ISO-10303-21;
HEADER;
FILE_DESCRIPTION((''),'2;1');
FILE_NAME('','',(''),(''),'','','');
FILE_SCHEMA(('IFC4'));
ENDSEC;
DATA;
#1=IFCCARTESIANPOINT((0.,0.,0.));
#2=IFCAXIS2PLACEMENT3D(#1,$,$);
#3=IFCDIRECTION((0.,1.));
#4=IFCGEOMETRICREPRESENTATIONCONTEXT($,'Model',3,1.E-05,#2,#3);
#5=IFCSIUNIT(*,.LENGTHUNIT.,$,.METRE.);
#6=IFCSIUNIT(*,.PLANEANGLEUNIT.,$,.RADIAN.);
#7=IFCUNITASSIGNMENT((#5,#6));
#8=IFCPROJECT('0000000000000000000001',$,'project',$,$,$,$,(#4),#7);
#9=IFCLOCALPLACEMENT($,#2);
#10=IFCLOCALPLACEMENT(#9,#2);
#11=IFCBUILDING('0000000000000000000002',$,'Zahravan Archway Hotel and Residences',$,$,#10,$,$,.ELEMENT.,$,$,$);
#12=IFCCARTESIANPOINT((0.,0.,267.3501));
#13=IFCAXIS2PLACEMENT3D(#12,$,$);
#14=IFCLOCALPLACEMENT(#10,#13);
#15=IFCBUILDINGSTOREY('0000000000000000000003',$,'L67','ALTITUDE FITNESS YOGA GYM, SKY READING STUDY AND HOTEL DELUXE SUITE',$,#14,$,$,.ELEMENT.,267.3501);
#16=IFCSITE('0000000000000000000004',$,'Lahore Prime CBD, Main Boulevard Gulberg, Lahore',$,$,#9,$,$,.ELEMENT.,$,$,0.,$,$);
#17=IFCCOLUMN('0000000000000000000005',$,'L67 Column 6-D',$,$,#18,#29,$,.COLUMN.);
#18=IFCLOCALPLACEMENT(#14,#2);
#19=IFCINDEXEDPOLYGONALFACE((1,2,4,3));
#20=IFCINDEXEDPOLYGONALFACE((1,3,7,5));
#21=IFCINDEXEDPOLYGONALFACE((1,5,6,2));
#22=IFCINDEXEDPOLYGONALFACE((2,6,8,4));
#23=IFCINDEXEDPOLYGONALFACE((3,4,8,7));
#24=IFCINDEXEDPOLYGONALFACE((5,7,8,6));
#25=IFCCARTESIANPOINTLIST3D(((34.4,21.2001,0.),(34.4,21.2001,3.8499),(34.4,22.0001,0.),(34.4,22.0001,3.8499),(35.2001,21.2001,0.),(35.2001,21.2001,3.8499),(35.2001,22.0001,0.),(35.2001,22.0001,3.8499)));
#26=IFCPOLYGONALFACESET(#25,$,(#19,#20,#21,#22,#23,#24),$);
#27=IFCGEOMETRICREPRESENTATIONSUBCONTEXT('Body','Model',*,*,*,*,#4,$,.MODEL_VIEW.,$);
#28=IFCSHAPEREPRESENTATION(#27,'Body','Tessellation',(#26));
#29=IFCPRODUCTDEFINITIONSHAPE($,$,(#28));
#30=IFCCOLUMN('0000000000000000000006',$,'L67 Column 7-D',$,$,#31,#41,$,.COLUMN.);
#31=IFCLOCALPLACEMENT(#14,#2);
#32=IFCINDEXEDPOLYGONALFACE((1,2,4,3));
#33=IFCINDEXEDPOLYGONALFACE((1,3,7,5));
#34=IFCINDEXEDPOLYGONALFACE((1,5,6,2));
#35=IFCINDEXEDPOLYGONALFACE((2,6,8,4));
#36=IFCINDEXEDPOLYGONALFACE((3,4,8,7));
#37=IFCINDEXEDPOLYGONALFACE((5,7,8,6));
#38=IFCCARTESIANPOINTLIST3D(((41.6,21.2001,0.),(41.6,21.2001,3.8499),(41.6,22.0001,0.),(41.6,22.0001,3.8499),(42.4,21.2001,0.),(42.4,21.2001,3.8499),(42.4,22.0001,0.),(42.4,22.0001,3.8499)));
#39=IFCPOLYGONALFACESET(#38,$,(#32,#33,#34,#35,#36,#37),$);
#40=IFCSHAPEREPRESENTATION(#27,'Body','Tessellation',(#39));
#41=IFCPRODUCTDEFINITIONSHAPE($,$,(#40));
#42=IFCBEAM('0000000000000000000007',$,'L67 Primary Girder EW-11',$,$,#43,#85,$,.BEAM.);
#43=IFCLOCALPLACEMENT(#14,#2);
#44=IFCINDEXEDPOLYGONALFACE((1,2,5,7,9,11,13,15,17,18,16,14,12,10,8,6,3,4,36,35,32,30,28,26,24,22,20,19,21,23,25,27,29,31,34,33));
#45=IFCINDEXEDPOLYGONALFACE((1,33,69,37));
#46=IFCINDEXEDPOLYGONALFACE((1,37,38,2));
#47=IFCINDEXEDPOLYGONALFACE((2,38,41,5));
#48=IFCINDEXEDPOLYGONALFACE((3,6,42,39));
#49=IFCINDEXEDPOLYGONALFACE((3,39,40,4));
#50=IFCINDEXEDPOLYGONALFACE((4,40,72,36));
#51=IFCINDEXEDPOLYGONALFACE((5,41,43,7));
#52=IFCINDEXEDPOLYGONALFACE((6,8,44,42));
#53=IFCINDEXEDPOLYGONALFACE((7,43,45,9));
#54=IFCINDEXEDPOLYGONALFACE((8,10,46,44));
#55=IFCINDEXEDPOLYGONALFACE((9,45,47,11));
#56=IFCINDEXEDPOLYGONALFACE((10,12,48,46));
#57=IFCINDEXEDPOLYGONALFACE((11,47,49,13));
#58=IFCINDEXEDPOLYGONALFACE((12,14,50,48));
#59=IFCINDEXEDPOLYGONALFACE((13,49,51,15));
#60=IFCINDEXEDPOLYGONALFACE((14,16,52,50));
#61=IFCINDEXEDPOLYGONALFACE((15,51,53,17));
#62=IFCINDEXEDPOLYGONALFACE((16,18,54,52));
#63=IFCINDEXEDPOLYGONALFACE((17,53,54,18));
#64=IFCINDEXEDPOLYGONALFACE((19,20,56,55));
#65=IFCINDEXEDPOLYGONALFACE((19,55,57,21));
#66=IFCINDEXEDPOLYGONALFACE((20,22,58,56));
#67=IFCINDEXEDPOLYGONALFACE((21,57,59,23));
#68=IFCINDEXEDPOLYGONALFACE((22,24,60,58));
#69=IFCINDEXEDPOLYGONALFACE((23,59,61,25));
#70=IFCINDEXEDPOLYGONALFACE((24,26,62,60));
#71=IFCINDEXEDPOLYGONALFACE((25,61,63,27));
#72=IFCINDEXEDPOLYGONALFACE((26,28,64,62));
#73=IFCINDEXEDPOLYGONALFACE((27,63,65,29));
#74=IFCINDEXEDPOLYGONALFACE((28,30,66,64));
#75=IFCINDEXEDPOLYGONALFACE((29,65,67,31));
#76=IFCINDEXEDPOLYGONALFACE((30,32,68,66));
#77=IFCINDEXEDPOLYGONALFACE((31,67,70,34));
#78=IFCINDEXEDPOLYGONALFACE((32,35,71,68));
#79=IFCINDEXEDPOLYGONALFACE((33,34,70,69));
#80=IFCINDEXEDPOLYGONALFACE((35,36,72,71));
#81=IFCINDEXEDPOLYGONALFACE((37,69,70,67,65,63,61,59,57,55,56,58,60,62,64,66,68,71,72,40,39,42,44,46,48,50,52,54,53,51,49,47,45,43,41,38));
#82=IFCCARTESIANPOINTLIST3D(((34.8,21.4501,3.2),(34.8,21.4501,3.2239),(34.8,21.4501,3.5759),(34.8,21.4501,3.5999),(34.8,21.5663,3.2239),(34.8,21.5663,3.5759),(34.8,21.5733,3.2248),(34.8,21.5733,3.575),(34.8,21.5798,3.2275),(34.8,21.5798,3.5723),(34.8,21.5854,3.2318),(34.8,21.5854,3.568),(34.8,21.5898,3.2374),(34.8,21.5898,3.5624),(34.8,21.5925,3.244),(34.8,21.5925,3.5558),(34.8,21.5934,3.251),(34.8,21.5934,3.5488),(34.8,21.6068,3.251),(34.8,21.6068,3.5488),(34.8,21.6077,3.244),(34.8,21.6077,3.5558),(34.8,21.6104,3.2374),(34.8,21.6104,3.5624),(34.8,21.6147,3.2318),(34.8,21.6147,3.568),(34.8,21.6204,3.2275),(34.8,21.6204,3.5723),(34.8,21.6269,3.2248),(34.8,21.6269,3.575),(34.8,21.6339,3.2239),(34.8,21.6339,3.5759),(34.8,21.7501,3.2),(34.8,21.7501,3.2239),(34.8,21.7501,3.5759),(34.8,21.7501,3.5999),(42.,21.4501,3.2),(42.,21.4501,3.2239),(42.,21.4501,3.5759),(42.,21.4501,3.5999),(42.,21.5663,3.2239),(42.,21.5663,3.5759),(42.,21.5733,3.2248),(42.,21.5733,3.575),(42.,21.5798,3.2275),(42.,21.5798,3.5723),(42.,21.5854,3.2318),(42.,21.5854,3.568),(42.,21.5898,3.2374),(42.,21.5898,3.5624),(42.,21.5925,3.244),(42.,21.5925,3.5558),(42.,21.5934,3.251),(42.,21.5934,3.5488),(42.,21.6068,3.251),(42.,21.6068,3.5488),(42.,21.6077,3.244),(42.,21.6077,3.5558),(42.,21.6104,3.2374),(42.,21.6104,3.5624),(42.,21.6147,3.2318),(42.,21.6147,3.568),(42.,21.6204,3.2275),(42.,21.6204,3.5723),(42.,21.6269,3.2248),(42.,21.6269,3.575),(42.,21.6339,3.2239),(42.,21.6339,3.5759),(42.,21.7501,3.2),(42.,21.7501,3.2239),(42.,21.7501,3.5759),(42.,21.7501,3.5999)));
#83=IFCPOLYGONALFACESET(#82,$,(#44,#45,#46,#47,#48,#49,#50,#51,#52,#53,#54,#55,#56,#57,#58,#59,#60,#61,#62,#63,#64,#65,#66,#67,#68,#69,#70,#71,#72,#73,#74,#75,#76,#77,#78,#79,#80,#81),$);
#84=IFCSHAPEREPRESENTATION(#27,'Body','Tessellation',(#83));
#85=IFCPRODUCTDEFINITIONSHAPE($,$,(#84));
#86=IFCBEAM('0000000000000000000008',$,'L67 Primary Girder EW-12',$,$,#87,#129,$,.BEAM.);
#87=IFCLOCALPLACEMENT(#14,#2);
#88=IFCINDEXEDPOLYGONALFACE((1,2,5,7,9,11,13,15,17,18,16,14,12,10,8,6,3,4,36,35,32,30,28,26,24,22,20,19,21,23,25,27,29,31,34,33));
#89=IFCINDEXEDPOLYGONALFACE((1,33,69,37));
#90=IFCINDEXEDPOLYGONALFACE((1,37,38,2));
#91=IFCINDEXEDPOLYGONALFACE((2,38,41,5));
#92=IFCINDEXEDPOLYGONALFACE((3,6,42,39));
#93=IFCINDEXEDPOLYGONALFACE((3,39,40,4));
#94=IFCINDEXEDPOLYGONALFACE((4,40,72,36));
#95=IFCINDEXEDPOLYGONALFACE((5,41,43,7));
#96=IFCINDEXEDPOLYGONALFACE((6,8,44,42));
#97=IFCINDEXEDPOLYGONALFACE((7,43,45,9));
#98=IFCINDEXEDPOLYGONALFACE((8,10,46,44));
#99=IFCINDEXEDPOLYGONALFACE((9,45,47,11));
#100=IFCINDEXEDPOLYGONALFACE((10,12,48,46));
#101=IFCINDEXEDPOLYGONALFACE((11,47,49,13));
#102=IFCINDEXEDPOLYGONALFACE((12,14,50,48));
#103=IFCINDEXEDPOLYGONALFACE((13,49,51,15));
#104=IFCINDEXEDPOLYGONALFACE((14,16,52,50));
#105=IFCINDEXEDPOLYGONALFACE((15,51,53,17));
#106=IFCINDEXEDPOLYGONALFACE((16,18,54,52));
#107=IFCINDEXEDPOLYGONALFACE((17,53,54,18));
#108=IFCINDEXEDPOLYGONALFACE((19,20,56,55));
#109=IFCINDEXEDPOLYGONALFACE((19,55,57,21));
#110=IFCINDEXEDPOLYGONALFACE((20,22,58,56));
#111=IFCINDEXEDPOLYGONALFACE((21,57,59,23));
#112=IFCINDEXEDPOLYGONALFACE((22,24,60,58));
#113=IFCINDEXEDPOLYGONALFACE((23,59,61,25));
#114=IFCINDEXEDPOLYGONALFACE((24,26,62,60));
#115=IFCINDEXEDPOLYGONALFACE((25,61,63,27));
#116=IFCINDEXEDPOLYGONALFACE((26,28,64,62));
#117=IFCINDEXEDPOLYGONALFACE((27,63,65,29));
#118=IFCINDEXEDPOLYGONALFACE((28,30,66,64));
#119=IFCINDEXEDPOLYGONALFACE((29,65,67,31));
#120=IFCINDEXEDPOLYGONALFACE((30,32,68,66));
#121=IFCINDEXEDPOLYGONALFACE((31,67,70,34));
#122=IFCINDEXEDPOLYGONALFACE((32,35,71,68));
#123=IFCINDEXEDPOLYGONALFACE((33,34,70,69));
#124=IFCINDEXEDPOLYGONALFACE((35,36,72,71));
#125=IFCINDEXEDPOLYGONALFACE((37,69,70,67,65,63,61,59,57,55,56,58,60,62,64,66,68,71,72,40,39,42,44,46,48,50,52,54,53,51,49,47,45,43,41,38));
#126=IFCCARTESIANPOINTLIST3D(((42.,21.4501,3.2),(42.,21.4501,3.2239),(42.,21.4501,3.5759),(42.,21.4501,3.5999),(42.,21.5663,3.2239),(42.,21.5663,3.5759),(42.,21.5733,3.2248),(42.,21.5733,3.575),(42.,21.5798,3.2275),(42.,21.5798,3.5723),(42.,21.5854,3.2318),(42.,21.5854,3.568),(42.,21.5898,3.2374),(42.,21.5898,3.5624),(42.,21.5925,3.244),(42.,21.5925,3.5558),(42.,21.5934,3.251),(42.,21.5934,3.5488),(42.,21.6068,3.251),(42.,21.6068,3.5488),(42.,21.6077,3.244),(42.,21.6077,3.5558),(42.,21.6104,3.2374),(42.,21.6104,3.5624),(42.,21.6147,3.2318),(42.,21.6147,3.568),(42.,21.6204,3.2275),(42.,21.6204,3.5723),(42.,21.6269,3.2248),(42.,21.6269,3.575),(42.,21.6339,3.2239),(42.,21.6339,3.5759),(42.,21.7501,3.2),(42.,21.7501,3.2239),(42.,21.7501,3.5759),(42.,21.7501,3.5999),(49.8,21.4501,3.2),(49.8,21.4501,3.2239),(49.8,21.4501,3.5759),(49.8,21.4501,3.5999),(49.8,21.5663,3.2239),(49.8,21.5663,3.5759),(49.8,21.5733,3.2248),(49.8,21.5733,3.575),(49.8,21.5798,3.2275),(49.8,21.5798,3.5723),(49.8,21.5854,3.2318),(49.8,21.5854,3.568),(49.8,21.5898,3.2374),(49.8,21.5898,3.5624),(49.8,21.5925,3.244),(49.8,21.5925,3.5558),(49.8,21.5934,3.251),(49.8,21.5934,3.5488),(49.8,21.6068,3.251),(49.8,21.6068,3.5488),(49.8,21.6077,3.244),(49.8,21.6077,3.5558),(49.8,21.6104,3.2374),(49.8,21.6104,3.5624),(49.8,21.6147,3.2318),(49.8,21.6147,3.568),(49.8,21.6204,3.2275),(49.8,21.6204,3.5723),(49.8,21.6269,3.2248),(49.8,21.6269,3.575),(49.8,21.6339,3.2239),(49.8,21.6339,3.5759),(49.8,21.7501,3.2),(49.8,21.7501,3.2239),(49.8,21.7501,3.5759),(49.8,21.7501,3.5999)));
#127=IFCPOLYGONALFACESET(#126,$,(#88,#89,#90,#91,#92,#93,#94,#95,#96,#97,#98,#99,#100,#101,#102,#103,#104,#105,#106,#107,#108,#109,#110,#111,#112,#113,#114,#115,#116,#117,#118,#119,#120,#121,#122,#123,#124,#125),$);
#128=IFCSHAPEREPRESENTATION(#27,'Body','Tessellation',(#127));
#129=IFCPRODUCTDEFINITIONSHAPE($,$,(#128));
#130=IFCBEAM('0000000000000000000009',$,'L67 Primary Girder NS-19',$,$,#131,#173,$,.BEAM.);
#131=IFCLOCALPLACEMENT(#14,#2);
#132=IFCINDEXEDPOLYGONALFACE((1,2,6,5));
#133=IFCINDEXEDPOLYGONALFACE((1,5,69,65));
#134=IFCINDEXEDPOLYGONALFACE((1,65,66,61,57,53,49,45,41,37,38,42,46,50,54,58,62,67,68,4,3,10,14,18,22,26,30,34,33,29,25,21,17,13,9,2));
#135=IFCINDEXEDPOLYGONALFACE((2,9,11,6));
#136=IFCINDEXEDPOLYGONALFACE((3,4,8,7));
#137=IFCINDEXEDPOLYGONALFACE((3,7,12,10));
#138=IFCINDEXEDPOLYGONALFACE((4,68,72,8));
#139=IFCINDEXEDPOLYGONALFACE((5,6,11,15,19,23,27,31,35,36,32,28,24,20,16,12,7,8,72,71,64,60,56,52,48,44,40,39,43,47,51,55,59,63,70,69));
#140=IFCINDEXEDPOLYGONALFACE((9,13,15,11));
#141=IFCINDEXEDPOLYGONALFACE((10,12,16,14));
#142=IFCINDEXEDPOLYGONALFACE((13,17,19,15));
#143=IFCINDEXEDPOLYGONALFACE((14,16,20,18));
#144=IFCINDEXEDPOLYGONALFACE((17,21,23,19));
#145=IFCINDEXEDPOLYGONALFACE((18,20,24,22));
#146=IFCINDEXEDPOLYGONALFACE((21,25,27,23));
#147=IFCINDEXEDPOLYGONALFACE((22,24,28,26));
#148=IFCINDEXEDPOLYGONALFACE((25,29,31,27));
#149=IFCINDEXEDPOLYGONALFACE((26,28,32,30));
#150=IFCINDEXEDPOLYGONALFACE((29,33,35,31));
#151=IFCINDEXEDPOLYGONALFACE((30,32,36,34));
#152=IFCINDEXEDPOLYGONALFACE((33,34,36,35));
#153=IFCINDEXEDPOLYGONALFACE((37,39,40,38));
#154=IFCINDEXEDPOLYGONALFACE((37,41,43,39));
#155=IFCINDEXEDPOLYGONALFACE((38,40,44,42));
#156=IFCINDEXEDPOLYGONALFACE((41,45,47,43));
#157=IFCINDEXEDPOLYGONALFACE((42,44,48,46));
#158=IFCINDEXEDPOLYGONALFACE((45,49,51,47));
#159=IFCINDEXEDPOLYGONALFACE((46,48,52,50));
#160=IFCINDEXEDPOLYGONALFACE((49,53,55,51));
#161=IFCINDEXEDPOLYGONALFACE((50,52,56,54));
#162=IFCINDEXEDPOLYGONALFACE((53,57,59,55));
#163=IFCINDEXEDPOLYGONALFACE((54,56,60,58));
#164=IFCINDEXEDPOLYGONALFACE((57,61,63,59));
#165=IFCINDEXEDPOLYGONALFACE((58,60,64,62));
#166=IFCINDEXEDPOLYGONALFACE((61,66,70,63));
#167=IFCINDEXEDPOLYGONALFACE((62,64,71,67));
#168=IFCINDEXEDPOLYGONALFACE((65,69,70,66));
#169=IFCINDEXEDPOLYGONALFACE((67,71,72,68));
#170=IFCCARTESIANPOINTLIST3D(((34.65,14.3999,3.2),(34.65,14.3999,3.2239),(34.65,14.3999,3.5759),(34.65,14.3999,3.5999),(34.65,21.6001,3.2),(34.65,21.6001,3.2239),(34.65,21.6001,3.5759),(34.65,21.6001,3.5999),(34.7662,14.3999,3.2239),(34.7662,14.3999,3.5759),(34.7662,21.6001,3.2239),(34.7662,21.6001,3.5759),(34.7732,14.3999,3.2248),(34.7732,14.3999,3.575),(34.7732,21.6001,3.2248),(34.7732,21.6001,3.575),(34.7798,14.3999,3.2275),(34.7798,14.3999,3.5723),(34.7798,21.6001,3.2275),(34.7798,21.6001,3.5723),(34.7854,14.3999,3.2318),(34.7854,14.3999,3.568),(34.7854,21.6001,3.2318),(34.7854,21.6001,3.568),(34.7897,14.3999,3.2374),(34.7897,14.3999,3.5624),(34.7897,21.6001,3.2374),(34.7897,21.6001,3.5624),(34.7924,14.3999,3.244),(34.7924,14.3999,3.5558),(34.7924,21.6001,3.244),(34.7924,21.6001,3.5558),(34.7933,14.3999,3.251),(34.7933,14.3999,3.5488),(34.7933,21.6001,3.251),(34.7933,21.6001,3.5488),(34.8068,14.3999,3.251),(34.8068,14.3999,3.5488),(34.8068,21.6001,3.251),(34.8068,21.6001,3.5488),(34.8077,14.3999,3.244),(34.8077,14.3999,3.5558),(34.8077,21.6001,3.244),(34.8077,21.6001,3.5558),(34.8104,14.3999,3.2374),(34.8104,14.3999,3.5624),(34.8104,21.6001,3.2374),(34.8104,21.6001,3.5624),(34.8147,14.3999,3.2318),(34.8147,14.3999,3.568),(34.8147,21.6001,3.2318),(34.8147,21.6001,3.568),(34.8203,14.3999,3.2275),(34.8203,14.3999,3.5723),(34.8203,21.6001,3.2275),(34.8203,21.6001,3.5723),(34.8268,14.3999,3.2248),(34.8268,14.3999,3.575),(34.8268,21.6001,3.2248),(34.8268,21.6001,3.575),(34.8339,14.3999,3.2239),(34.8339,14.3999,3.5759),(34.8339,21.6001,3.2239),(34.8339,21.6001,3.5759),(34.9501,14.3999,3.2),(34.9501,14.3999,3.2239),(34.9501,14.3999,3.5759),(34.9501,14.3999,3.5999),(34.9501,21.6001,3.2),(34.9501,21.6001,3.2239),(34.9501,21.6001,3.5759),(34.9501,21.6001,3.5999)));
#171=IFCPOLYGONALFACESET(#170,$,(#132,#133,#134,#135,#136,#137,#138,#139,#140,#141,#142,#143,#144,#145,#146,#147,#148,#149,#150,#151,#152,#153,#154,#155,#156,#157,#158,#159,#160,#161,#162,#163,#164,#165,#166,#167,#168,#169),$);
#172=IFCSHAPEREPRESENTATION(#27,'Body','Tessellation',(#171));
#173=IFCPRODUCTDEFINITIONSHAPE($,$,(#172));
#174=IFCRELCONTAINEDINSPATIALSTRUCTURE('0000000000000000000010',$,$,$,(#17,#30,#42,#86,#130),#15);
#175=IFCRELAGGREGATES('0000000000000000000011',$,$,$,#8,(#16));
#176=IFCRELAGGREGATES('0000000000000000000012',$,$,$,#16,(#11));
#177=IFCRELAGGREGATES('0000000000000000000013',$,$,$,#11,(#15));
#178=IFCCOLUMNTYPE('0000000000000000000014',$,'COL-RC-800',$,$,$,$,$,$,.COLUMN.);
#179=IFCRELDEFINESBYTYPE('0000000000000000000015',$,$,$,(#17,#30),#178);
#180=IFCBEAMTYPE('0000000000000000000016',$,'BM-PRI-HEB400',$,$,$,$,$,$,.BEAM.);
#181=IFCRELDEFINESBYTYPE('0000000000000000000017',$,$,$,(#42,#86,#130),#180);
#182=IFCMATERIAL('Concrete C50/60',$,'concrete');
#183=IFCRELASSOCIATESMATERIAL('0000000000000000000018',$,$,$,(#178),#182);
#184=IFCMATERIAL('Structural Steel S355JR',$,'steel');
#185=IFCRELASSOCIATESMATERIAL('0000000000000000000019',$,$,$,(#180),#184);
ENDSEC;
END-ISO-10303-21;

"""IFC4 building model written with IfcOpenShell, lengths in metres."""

from ifc_helpers import new_model, si_unit, direction, frame, origin, origin_2d, place, context, subcontext, project, spatial, rectangle, i_section, extrude, source, transform, mapped, material, material_profile, profile_set, type_object, type_shapes, element, save


model = new_model("IFC4")

# Units and contexts
model_context = context("Model", 3, precision=1e-05, world=origin(), true_north=direction((0.0, 1.0)))
body_context = subcontext(model_context, "Body", "Model", "MODEL_VIEW")
ifc_project = project(units=[si_unit("LENGTHUNIT", "METRE"), si_unit("PLANEANGLEUNIT", "RADIAN")], contexts=[model_context])

# Site, building, storey
site_placement = place(None, origin())
site = spatial("IfcSite", under=ifc_project, at=site_placement, Name="Lahore Prime CBD, Main Boulevard Gulberg, Lahore", CompositionType="ELEMENT", RefElevation=0.0)
building_placement = place(site_placement, origin())
building = spatial("IfcBuilding", under=site, at=building_placement, Name="Zahravan Archway Hotel and Residences", CompositionType="ELEMENT")
storey_placement = place(building_placement, frame((0.0, 0.0, 267.3501)))
storey = spatial("IfcBuildingStorey", under=building, at=storey_placement, Name="L67", Description="ALTITUDE FITNESS YOGA GYM, SKY READING STUDY AND HOTEL DELUXE SUITE", CompositionType="ELEMENT", Elevation=267.3501)

# Columns
ifc_material_1 = material(Name="Concrete C50/60", Category="concrete")
ifc_material_profile_1 = material_profile(ifc_material_1, rectangle(XDim=0.8, YDim=0.8, at=origin_2d()), Name="RC-COL-800x800", Category="concrete")
ifc_profile_set_1 = profile_set([ifc_material_profile_1], Name="Concrete C50/60")
column_type = type_object("IfcColumnType", Name="COL-RC-800", PredefinedType="COLUMN", material=ifc_profile_set_1)
shared_shape_1 = source(origin(), body_context, "Body", "SweptSolid", [
    extrude(rectangle(XDim=0.8, YDim=0.8, at=origin_2d()), origin(), (0.0, 0.0, 1.0), 3.8499),
])
for number, where, z_axis, x_axis, name in (
    (1, (34.8, 21.6001, 0.0), (0.0, 0.0, 1.0), (1.0, 0.0, 0.0), "L67 Column 6-D"),
    (2, (42.0, 21.6001, 0.0), (0.0, 0.0, 1.0), (1.0, 0.0, 0.0), "L67 Column 7-D"),
):
    element("IfcColumn", number, at=place(storey_placement, frame(where, z_axis=z_axis, x_axis=x_axis)), inside=storey, type_object=column_type, Name=name, PredefinedType="COLUMN", context=body_context, shape_type="MappedRepresentation", body=[
        mapped(shared_shape_1, transform((0.0, 0.0, 0.0), scale=1.0)),
    ])

# Beams
ifc_material_2 = material(Name="Structural Steel S355JR", Category="steel")
ifc_material_profile_2 = material_profile(ifc_material_2, i_section(OverallWidth=0.3, OverallDepth=0.3999, WebThickness=0.0134, FlangeThickness=0.0239, FilletRadius=0.0271, at=origin_2d()), Name="HEB 400", Category="steel")
ifc_profile_set_2 = profile_set([ifc_material_profile_2], Name="Structural Steel S355JR")
beam_type = type_object("IfcBeamType", Name="BM-PRI-HEB400", PredefinedType="BEAM", material=ifc_profile_set_2)
shared_shape_2 = source(origin(), body_context, "Body", "SweptSolid", [
    extrude(i_section(OverallWidth=0.3, OverallDepth=0.3999, WebThickness=0.0134, FlangeThickness=0.0239, FilletRadius=0.0271, at=origin_2d()), origin(), (0.0, 0.0, 1.0), 7.2),
])
type_shapes(beam_type, [shared_shape_2])
beam_1_placement = place(storey_placement, frame((34.8, 21.6001, 3.3999), z_axis=(1.0, 0.0, 0.0), x_axis=(0.0, 1.0, 0.0)))
element("IfcBeam", 3, at=beam_1_placement, inside=storey, type_object=beam_type, Name="L67 Primary Girder EW-11", PredefinedType="BEAM", context=body_context, shape_type="MappedRepresentation", body=[
    mapped(shared_shape_2, transform((0.0, 0.0, 0.0), scale=1.0)),
])
shared_shape_3 = source(origin(), body_context, "Body", "SweptSolid", [
    extrude(i_section(OverallWidth=0.3, OverallDepth=0.3999, WebThickness=0.0134, FlangeThickness=0.0239, FilletRadius=0.0271, at=origin_2d()), origin(), (0.0, 0.0, 1.0), 7.8),
])
beam_2_placement = place(storey_placement, frame((42.0, 21.6001, 3.3999), z_axis=(1.0, 0.0, 0.0), x_axis=(0.0, 1.0, 0.0)))
element("IfcBeam", 4, at=beam_2_placement, inside=storey, type_object=beam_type, Name="L67 Primary Girder EW-12", PredefinedType="BEAM", context=body_context, shape_type="MappedRepresentation", body=[
    mapped(shared_shape_3, transform((0.0, 0.0, 0.0), scale=1.0)),
])
shared_shape_4 = source(origin(), body_context, "Body", "SweptSolid", [
    extrude(i_section(OverallWidth=0.3, OverallDepth=0.3999, WebThickness=0.0134, FlangeThickness=0.0239, FilletRadius=0.0271, at=origin_2d()), origin(), (0.0, 0.0, 1.0), 7.2002),
])
for number, where, z_axis, x_axis, name in (
    (5, (34.8, 14.3999, 3.3999), (0.0, 1.0, 0.0), (-1.0, 0.0, 0.0), "L67 Primary Girder NS-19"),
):
    element("IfcBeam", number, at=place(storey_placement, frame(where, z_axis=z_axis, x_axis=x_axis)), inside=storey, type_object=beam_type, Name=name, PredefinedType="BEAM", context=body_context, shape_type="MappedRepresentation", body=[
        mapped(shared_shape_4, transform((0.0, 0.0, 0.0), scale=1.0)),
    ])

save(model, "model.ifc")
